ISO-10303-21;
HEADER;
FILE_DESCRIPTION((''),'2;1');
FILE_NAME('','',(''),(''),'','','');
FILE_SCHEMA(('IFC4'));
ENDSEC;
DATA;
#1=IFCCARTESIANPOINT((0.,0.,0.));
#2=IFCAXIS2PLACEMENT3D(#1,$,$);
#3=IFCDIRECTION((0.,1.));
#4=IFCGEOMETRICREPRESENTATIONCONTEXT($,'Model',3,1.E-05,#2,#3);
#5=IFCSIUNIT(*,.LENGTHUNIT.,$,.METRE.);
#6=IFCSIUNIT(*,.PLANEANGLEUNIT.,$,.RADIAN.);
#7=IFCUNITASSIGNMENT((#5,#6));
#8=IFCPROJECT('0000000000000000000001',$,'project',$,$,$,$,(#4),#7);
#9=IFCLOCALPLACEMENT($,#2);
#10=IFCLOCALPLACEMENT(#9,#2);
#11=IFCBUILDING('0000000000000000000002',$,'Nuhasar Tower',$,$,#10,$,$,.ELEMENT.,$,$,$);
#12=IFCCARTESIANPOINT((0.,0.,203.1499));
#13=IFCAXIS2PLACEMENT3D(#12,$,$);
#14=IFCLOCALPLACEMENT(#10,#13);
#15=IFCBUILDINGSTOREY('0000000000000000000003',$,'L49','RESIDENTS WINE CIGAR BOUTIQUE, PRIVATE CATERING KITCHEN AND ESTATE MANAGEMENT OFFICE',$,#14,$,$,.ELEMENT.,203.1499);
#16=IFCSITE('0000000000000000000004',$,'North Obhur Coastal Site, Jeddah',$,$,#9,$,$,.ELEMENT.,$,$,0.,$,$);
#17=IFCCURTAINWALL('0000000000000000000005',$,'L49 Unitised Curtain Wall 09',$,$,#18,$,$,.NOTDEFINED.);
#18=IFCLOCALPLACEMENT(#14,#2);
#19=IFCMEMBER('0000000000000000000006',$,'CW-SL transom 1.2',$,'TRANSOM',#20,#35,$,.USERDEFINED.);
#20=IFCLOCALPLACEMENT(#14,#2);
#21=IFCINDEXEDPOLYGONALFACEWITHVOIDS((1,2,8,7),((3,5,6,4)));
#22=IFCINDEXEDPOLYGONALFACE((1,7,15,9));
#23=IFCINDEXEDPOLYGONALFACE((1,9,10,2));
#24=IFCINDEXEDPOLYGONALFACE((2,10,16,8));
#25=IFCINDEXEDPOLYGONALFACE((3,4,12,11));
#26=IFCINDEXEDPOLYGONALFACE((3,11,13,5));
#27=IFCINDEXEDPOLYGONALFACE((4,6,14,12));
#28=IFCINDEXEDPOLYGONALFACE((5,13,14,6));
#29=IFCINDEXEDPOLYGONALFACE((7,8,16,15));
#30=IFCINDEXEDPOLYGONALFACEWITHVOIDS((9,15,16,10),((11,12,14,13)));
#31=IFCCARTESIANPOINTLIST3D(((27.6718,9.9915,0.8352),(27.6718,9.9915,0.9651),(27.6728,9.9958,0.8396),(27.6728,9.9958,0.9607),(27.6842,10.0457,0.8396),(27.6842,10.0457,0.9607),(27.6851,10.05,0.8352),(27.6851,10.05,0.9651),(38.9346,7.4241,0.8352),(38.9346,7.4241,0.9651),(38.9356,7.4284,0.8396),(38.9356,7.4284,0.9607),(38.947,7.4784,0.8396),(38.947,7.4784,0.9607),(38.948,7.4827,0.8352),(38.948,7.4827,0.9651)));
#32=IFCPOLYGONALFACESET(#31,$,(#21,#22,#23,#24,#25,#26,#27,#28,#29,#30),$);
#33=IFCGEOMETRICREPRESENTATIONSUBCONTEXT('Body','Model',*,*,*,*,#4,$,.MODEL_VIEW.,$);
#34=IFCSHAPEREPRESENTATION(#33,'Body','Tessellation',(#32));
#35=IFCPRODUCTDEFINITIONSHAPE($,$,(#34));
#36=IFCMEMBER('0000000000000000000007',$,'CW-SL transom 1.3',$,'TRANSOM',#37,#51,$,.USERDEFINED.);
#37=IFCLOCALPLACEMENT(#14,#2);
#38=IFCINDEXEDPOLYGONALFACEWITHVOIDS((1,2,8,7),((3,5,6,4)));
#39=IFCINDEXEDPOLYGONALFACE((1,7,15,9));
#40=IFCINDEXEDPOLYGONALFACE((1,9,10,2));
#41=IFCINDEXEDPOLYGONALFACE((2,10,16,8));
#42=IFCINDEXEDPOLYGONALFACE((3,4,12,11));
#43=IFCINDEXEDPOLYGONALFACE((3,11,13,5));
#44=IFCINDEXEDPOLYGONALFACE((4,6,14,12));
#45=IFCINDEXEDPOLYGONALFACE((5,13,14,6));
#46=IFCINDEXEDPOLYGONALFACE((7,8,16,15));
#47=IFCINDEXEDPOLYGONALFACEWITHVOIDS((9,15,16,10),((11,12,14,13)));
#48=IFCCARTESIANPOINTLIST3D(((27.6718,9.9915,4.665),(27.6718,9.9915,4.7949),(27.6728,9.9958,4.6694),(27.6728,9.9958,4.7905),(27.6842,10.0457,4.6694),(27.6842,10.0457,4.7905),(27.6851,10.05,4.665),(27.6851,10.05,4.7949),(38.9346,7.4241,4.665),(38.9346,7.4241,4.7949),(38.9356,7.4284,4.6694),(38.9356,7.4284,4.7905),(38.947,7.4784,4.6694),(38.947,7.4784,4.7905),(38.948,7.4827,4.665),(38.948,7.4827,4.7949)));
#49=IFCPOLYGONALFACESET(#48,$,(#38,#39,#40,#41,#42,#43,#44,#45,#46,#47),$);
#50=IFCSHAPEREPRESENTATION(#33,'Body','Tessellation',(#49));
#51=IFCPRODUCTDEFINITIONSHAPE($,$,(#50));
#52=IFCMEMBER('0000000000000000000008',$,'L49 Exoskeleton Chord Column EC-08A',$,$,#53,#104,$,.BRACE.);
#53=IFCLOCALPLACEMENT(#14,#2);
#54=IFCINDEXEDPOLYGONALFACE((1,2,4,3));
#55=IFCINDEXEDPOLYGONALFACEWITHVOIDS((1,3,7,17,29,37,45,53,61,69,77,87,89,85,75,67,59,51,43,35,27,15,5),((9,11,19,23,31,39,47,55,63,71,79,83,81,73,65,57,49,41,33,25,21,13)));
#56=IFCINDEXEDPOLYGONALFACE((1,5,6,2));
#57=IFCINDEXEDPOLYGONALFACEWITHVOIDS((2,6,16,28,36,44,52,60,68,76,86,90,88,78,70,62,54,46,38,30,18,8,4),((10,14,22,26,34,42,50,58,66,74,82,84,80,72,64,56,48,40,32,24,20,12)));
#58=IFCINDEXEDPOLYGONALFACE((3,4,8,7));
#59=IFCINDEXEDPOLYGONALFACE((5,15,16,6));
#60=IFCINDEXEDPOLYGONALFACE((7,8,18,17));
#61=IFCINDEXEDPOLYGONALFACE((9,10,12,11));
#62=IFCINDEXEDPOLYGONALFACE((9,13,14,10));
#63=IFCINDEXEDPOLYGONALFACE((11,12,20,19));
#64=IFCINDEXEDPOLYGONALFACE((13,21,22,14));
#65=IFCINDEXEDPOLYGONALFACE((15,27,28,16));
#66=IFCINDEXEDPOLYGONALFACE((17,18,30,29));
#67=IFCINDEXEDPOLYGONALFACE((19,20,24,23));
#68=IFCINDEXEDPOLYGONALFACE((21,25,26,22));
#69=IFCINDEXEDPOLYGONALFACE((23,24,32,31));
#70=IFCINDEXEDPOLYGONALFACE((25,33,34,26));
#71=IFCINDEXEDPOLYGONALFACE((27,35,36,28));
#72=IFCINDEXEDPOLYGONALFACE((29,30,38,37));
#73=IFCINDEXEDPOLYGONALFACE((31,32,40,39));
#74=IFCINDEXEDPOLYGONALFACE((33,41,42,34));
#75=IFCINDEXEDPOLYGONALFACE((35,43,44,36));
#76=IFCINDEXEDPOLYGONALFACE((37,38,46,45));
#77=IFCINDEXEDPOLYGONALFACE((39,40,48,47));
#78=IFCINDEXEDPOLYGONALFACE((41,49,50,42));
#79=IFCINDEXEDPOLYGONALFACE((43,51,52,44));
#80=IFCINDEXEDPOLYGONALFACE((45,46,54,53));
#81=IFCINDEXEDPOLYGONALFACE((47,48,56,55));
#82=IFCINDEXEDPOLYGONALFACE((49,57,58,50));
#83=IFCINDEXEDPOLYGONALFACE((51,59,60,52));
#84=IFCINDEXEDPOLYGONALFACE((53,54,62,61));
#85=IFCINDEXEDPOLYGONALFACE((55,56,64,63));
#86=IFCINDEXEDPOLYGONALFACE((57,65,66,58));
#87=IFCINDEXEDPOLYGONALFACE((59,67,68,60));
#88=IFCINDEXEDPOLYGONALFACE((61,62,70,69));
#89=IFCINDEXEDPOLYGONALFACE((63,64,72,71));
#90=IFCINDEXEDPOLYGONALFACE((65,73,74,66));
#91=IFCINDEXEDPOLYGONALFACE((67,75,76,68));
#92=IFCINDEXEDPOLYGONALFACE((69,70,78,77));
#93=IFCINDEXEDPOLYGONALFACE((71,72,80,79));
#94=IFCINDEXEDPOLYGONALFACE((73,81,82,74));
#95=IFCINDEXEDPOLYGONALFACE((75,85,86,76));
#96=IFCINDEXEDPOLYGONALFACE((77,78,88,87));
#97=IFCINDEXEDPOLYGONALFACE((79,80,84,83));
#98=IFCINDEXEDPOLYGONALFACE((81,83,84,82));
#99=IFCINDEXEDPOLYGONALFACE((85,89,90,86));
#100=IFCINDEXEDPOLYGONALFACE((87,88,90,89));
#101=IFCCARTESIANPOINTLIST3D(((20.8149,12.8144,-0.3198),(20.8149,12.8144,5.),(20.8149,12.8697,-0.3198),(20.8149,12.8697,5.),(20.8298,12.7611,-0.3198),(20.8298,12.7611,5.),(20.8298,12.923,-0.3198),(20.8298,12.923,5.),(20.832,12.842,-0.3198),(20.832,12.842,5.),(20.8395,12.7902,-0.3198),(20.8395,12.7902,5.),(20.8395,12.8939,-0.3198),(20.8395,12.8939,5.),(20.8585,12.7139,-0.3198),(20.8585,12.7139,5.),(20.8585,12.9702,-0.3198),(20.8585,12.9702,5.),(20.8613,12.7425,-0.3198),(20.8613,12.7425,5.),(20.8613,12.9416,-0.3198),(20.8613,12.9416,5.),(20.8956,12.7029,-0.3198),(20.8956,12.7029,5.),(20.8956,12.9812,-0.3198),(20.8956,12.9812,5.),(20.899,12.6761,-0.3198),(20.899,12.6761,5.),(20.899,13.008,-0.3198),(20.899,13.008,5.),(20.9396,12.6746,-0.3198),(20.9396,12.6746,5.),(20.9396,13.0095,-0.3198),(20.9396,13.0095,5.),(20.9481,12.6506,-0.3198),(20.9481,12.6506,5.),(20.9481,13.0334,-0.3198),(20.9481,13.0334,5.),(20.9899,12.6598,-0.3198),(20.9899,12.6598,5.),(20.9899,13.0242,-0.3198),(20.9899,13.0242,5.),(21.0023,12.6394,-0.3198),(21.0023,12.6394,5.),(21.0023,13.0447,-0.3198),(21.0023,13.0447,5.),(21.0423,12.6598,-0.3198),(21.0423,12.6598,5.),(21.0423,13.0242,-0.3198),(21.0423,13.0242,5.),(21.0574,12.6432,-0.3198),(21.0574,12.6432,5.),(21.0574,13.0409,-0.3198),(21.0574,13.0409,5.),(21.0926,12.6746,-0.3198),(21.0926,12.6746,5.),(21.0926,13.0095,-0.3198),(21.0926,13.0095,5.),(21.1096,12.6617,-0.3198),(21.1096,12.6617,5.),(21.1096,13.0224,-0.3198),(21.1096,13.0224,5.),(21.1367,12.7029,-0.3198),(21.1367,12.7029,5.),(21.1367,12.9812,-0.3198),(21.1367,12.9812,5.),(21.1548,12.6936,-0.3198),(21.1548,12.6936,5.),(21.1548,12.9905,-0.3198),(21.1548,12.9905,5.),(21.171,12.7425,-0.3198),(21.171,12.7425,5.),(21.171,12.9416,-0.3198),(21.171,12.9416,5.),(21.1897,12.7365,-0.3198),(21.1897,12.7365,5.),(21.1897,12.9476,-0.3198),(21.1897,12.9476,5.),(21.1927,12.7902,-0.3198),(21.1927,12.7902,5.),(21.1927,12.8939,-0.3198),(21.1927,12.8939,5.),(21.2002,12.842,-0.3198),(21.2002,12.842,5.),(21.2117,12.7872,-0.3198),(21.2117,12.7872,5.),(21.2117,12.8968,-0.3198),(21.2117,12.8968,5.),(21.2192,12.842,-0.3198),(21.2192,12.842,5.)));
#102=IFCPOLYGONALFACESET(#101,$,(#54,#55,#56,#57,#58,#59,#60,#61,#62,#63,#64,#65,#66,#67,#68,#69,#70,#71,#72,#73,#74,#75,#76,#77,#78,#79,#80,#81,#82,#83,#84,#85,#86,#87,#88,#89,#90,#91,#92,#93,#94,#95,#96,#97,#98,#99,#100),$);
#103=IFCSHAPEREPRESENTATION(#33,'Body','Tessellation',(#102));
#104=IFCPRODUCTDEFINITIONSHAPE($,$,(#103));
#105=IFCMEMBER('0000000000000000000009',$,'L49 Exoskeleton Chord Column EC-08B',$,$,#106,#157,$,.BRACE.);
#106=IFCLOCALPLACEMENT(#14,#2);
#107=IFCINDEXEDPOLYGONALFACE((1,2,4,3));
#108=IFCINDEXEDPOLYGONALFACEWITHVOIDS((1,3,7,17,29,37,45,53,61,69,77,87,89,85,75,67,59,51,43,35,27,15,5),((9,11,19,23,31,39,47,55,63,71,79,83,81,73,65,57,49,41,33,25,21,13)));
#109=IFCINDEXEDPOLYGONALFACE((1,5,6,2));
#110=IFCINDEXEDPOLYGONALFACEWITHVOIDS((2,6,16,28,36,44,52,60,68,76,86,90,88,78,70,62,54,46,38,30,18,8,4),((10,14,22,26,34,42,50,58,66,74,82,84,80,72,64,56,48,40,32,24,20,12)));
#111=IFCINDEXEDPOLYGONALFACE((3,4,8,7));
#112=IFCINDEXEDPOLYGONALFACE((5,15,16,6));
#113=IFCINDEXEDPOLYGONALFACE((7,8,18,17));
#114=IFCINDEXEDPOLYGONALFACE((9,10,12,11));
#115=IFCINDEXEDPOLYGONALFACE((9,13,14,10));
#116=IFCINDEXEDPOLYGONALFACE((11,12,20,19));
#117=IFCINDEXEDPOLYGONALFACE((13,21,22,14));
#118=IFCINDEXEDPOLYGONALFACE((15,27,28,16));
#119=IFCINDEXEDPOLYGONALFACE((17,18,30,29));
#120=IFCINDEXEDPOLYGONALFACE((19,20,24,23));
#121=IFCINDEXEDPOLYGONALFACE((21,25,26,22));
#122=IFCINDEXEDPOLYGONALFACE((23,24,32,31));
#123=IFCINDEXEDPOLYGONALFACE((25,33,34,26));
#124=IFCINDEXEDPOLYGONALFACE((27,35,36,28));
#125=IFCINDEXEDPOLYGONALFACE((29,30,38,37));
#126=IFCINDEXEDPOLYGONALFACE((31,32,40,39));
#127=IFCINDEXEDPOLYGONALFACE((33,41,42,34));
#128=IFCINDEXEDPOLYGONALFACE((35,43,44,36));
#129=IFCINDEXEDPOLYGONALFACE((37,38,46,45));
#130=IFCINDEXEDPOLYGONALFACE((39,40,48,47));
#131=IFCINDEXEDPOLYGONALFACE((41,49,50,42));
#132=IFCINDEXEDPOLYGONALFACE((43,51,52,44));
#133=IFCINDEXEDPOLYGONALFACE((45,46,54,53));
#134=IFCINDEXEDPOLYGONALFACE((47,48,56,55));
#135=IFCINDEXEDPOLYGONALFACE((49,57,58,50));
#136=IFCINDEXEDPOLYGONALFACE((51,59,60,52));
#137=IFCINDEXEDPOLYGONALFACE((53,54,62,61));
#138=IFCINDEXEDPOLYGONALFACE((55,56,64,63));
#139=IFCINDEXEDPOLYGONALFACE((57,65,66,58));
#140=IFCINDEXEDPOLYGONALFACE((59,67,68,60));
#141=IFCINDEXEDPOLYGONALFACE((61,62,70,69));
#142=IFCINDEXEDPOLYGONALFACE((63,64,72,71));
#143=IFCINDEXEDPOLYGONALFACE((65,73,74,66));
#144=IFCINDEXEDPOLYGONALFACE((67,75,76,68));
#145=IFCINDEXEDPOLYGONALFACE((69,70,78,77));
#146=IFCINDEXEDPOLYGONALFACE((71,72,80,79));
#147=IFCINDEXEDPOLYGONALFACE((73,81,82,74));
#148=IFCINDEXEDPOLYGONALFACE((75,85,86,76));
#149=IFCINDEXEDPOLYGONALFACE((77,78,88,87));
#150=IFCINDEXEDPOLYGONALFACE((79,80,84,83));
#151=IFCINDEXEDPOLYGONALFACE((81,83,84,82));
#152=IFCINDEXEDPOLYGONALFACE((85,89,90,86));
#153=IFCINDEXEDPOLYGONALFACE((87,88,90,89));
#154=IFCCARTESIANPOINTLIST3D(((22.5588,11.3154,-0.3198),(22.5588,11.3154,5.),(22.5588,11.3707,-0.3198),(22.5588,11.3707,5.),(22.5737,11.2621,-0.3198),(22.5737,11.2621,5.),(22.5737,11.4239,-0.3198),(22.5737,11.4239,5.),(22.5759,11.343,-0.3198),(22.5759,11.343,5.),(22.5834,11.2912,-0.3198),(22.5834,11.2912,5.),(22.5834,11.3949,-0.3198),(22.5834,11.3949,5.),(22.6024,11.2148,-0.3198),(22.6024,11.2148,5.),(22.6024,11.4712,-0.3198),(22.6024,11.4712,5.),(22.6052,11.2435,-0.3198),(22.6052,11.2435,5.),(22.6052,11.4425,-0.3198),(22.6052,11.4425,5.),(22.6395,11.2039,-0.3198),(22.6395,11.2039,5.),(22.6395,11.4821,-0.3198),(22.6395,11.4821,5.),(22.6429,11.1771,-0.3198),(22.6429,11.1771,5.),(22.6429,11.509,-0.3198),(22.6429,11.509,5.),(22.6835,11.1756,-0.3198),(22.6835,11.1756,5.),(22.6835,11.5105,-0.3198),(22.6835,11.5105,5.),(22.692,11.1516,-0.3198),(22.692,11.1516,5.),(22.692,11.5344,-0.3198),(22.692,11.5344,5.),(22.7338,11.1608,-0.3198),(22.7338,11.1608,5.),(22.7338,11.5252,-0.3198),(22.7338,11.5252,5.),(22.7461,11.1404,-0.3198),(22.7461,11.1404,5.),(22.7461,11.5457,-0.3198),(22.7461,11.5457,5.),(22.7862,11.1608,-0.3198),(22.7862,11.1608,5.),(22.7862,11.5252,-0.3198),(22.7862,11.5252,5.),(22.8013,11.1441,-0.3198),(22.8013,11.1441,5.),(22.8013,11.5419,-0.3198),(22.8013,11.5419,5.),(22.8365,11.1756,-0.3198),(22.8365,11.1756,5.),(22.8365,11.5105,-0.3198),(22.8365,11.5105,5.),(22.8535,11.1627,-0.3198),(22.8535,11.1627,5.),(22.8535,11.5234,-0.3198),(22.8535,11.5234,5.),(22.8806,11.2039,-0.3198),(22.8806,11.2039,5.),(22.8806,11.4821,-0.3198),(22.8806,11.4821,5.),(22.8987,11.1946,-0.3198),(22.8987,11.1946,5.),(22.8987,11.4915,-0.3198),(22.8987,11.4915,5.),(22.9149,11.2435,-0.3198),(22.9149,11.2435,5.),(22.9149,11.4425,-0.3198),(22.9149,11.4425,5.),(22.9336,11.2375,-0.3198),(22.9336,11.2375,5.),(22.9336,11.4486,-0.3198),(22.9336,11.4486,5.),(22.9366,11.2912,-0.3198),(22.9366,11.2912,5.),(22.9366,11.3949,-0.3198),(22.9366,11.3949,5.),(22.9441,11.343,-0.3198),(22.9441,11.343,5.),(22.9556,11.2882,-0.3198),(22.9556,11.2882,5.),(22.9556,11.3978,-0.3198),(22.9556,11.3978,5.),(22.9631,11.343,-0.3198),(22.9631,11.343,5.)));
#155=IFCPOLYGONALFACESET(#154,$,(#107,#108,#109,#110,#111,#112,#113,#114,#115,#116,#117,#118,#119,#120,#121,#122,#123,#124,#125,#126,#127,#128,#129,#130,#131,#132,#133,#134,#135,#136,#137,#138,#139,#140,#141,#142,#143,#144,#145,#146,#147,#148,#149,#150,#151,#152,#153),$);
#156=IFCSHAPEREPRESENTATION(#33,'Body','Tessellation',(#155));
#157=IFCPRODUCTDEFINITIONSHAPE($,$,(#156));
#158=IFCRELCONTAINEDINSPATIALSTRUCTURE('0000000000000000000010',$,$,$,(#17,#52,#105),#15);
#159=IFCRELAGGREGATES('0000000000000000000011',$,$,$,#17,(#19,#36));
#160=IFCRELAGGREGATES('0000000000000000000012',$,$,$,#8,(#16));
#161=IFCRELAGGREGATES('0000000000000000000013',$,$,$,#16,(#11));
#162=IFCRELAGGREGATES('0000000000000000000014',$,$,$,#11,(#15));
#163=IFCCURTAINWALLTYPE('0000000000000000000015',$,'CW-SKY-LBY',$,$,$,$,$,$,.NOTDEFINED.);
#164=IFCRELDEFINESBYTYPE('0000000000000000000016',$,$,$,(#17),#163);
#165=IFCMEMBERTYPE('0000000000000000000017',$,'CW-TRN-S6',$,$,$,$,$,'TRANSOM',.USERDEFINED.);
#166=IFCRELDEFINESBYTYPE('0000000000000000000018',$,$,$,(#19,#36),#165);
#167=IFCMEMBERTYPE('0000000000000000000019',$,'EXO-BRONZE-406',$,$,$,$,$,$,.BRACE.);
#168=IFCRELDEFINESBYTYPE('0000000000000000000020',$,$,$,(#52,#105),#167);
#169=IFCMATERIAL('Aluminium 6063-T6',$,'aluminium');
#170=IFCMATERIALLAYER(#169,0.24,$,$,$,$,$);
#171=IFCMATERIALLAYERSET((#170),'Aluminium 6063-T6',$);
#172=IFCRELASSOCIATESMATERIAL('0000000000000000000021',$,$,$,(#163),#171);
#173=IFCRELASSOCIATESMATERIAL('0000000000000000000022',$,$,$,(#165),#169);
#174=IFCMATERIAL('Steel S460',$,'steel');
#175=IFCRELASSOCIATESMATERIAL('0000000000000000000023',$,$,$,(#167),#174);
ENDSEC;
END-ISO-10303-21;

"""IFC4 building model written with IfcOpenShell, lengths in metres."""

from ifc_helpers import new_model, si_unit, direction, frame, origin, origin_2d, place, context, subcontext, project, spatial, hollow_rectangle, hollow_circle, extrude, material, layer, layer_set, material_profile, profile_set, type_object, element, aggregate, save


model = new_model("IFC4")

# Units and contexts
model_context = context("Model", 3, precision=1e-05, world=origin(), true_north=direction((0.0, 1.0)))
body_context = subcontext(model_context, "Body", "Model", "MODEL_VIEW")
ifc_project = project(units=[si_unit("LENGTHUNIT", "METRE"), si_unit("PLANEANGLEUNIT", "RADIAN")], contexts=[model_context])

# Site, building, storey
site_placement = place(None, origin())
site = spatial("IfcSite", under=ifc_project, at=site_placement, Name="North Obhur Coastal Site, Jeddah", CompositionType="ELEMENT", RefElevation=0.0)
building_placement = place(site_placement, origin())
building = spatial("IfcBuilding", under=site, at=building_placement, Name="Nuhasar Tower", CompositionType="ELEMENT")
storey_placement = place(building_placement, frame((0.0, 0.0, 203.1499)))
storey = spatial("IfcBuildingStorey", under=building, at=storey_placement, Name="L49", Description="RESIDENTS WINE CIGAR BOUTIQUE, PRIVATE CATERING KITCHEN AND ESTATE MANAGEMENT OFFICE", CompositionType="ELEMENT", Elevation=203.1499)

# Shared definitions
ifc_material_1 = material(Name="Steel S460", Category="steel")

# Curtain wall
ifc_material_2 = material(Name="Aluminium 6063-T6", Category="aluminium")
ifc_layer_1 = layer(ifc_material_2, 0.24)
ifc_layer_set_1 = layer_set([ifc_layer_1], Name="Aluminium 6063-T6")
curtain_wall_type = type_object("IfcCurtainWallType", Name="CW-SKY-LBY", PredefinedType="NOTDEFINED", material=ifc_layer_set_1)
curtain_wall_1_placement = place(storey_placement, origin())
curtain_wall_1 = element("IfcCurtainWall", 1, at=curtain_wall_1_placement, inside=storey, type_object=curtain_wall_type, Name="L49 Unitised Curtain Wall 09", PredefinedType="NOTDEFINED")

# Members
ifc_material_profile_1 = material_profile(ifc_material_2, hollow_rectangle(XDim=0.0601, YDim=0.1299, WallThickness=0.0044, at=origin_2d()), Name="CWT-6")
ifc_profile_set_1 = profile_set([ifc_material_profile_1], Name="Aluminium 6063-T6")
member_type_1 = type_object("IfcMemberType", Name="CW-TRN-S6", ElementType="TRANSOM", PredefinedType="USERDEFINED", material=ifc_profile_set_1)
member_1_placement = place(storey_placement, frame((27.6785, 10.0208, 0.9001), z_axis=(0.97499, -0.222249, 0.0), x_axis=(0.222249, 0.97499, 0.0)))
member_1 = element("IfcMember", 2, at=member_1_placement, type_object=member_type_1, Name="CW-SL transom 1.2", ObjectType="TRANSOM", PredefinedType="USERDEFINED", context=body_context, shape_type="SweptSolid", body=[
    extrude(hollow_rectangle(XDim=0.0601, YDim=0.1299, WallThickness=0.0044, at=origin_2d()), origin(), (0.0, 0.0, 1.0), 11.5518),
])
member_2_placement = place(storey_placement, frame((27.6785, 10.0208, 4.73), z_axis=(0.97499, -0.222249, 0.0), x_axis=(0.222249, 0.97499, 0.0)))
member_2 = element("IfcMember", 3, at=member_2_placement, type_object=member_type_1, Name="CW-SL transom 1.3", ObjectType="TRANSOM", PredefinedType="USERDEFINED", context=body_context, shape_type="SweptSolid", body=[
    extrude(hollow_rectangle(XDim=0.0601, YDim=0.1299, WallThickness=0.0044, at=origin_2d()), origin(), (0.0, 0.0, 1.0), 11.5518),
])
aggregate(curtain_wall_1, [member_1, member_2])

# Members
ifc_material_profile_2 = material_profile(ifc_material_1, hollow_circle(Radius=0.2031, WallThickness=0.019, at=origin_2d()), Name="HSS406.4X19.1")
ifc_profile_set_2 = profile_set([ifc_material_profile_2], Name="Steel S460")
member_type_2 = type_object("IfcMemberType", Name="EXO-BRONZE-406", PredefinedType="BRACE", material=ifc_profile_set_2)
for number, where, z_axis, x_axis, name in (
    (4, (21.0161, 12.842, -0.3198), (0.0, 0.0, 1.0), (1.0, 0.0, 0.0), "L49 Exoskeleton Chord Column EC-08A"),
    (5, (22.76, 11.343, -0.3198), (0.0, 0.0, 1.0), (1.0, 0.0, 0.0), "L49 Exoskeleton Chord Column EC-08B"),
):
    element("IfcMember", number, at=place(storey_placement, frame(where, z_axis=z_axis, x_axis=x_axis)), inside=storey, type_object=member_type_2, Name=name, PredefinedType="BRACE", context=body_context, shape_type="SweptSolid", body=[
        extrude(hollow_circle(Radius=0.2031, WallThickness=0.019, at=origin_2d()), origin(), (0.0, 0.0, 1.0), 5.3198),
    ])

save(model, "model.ifc")
